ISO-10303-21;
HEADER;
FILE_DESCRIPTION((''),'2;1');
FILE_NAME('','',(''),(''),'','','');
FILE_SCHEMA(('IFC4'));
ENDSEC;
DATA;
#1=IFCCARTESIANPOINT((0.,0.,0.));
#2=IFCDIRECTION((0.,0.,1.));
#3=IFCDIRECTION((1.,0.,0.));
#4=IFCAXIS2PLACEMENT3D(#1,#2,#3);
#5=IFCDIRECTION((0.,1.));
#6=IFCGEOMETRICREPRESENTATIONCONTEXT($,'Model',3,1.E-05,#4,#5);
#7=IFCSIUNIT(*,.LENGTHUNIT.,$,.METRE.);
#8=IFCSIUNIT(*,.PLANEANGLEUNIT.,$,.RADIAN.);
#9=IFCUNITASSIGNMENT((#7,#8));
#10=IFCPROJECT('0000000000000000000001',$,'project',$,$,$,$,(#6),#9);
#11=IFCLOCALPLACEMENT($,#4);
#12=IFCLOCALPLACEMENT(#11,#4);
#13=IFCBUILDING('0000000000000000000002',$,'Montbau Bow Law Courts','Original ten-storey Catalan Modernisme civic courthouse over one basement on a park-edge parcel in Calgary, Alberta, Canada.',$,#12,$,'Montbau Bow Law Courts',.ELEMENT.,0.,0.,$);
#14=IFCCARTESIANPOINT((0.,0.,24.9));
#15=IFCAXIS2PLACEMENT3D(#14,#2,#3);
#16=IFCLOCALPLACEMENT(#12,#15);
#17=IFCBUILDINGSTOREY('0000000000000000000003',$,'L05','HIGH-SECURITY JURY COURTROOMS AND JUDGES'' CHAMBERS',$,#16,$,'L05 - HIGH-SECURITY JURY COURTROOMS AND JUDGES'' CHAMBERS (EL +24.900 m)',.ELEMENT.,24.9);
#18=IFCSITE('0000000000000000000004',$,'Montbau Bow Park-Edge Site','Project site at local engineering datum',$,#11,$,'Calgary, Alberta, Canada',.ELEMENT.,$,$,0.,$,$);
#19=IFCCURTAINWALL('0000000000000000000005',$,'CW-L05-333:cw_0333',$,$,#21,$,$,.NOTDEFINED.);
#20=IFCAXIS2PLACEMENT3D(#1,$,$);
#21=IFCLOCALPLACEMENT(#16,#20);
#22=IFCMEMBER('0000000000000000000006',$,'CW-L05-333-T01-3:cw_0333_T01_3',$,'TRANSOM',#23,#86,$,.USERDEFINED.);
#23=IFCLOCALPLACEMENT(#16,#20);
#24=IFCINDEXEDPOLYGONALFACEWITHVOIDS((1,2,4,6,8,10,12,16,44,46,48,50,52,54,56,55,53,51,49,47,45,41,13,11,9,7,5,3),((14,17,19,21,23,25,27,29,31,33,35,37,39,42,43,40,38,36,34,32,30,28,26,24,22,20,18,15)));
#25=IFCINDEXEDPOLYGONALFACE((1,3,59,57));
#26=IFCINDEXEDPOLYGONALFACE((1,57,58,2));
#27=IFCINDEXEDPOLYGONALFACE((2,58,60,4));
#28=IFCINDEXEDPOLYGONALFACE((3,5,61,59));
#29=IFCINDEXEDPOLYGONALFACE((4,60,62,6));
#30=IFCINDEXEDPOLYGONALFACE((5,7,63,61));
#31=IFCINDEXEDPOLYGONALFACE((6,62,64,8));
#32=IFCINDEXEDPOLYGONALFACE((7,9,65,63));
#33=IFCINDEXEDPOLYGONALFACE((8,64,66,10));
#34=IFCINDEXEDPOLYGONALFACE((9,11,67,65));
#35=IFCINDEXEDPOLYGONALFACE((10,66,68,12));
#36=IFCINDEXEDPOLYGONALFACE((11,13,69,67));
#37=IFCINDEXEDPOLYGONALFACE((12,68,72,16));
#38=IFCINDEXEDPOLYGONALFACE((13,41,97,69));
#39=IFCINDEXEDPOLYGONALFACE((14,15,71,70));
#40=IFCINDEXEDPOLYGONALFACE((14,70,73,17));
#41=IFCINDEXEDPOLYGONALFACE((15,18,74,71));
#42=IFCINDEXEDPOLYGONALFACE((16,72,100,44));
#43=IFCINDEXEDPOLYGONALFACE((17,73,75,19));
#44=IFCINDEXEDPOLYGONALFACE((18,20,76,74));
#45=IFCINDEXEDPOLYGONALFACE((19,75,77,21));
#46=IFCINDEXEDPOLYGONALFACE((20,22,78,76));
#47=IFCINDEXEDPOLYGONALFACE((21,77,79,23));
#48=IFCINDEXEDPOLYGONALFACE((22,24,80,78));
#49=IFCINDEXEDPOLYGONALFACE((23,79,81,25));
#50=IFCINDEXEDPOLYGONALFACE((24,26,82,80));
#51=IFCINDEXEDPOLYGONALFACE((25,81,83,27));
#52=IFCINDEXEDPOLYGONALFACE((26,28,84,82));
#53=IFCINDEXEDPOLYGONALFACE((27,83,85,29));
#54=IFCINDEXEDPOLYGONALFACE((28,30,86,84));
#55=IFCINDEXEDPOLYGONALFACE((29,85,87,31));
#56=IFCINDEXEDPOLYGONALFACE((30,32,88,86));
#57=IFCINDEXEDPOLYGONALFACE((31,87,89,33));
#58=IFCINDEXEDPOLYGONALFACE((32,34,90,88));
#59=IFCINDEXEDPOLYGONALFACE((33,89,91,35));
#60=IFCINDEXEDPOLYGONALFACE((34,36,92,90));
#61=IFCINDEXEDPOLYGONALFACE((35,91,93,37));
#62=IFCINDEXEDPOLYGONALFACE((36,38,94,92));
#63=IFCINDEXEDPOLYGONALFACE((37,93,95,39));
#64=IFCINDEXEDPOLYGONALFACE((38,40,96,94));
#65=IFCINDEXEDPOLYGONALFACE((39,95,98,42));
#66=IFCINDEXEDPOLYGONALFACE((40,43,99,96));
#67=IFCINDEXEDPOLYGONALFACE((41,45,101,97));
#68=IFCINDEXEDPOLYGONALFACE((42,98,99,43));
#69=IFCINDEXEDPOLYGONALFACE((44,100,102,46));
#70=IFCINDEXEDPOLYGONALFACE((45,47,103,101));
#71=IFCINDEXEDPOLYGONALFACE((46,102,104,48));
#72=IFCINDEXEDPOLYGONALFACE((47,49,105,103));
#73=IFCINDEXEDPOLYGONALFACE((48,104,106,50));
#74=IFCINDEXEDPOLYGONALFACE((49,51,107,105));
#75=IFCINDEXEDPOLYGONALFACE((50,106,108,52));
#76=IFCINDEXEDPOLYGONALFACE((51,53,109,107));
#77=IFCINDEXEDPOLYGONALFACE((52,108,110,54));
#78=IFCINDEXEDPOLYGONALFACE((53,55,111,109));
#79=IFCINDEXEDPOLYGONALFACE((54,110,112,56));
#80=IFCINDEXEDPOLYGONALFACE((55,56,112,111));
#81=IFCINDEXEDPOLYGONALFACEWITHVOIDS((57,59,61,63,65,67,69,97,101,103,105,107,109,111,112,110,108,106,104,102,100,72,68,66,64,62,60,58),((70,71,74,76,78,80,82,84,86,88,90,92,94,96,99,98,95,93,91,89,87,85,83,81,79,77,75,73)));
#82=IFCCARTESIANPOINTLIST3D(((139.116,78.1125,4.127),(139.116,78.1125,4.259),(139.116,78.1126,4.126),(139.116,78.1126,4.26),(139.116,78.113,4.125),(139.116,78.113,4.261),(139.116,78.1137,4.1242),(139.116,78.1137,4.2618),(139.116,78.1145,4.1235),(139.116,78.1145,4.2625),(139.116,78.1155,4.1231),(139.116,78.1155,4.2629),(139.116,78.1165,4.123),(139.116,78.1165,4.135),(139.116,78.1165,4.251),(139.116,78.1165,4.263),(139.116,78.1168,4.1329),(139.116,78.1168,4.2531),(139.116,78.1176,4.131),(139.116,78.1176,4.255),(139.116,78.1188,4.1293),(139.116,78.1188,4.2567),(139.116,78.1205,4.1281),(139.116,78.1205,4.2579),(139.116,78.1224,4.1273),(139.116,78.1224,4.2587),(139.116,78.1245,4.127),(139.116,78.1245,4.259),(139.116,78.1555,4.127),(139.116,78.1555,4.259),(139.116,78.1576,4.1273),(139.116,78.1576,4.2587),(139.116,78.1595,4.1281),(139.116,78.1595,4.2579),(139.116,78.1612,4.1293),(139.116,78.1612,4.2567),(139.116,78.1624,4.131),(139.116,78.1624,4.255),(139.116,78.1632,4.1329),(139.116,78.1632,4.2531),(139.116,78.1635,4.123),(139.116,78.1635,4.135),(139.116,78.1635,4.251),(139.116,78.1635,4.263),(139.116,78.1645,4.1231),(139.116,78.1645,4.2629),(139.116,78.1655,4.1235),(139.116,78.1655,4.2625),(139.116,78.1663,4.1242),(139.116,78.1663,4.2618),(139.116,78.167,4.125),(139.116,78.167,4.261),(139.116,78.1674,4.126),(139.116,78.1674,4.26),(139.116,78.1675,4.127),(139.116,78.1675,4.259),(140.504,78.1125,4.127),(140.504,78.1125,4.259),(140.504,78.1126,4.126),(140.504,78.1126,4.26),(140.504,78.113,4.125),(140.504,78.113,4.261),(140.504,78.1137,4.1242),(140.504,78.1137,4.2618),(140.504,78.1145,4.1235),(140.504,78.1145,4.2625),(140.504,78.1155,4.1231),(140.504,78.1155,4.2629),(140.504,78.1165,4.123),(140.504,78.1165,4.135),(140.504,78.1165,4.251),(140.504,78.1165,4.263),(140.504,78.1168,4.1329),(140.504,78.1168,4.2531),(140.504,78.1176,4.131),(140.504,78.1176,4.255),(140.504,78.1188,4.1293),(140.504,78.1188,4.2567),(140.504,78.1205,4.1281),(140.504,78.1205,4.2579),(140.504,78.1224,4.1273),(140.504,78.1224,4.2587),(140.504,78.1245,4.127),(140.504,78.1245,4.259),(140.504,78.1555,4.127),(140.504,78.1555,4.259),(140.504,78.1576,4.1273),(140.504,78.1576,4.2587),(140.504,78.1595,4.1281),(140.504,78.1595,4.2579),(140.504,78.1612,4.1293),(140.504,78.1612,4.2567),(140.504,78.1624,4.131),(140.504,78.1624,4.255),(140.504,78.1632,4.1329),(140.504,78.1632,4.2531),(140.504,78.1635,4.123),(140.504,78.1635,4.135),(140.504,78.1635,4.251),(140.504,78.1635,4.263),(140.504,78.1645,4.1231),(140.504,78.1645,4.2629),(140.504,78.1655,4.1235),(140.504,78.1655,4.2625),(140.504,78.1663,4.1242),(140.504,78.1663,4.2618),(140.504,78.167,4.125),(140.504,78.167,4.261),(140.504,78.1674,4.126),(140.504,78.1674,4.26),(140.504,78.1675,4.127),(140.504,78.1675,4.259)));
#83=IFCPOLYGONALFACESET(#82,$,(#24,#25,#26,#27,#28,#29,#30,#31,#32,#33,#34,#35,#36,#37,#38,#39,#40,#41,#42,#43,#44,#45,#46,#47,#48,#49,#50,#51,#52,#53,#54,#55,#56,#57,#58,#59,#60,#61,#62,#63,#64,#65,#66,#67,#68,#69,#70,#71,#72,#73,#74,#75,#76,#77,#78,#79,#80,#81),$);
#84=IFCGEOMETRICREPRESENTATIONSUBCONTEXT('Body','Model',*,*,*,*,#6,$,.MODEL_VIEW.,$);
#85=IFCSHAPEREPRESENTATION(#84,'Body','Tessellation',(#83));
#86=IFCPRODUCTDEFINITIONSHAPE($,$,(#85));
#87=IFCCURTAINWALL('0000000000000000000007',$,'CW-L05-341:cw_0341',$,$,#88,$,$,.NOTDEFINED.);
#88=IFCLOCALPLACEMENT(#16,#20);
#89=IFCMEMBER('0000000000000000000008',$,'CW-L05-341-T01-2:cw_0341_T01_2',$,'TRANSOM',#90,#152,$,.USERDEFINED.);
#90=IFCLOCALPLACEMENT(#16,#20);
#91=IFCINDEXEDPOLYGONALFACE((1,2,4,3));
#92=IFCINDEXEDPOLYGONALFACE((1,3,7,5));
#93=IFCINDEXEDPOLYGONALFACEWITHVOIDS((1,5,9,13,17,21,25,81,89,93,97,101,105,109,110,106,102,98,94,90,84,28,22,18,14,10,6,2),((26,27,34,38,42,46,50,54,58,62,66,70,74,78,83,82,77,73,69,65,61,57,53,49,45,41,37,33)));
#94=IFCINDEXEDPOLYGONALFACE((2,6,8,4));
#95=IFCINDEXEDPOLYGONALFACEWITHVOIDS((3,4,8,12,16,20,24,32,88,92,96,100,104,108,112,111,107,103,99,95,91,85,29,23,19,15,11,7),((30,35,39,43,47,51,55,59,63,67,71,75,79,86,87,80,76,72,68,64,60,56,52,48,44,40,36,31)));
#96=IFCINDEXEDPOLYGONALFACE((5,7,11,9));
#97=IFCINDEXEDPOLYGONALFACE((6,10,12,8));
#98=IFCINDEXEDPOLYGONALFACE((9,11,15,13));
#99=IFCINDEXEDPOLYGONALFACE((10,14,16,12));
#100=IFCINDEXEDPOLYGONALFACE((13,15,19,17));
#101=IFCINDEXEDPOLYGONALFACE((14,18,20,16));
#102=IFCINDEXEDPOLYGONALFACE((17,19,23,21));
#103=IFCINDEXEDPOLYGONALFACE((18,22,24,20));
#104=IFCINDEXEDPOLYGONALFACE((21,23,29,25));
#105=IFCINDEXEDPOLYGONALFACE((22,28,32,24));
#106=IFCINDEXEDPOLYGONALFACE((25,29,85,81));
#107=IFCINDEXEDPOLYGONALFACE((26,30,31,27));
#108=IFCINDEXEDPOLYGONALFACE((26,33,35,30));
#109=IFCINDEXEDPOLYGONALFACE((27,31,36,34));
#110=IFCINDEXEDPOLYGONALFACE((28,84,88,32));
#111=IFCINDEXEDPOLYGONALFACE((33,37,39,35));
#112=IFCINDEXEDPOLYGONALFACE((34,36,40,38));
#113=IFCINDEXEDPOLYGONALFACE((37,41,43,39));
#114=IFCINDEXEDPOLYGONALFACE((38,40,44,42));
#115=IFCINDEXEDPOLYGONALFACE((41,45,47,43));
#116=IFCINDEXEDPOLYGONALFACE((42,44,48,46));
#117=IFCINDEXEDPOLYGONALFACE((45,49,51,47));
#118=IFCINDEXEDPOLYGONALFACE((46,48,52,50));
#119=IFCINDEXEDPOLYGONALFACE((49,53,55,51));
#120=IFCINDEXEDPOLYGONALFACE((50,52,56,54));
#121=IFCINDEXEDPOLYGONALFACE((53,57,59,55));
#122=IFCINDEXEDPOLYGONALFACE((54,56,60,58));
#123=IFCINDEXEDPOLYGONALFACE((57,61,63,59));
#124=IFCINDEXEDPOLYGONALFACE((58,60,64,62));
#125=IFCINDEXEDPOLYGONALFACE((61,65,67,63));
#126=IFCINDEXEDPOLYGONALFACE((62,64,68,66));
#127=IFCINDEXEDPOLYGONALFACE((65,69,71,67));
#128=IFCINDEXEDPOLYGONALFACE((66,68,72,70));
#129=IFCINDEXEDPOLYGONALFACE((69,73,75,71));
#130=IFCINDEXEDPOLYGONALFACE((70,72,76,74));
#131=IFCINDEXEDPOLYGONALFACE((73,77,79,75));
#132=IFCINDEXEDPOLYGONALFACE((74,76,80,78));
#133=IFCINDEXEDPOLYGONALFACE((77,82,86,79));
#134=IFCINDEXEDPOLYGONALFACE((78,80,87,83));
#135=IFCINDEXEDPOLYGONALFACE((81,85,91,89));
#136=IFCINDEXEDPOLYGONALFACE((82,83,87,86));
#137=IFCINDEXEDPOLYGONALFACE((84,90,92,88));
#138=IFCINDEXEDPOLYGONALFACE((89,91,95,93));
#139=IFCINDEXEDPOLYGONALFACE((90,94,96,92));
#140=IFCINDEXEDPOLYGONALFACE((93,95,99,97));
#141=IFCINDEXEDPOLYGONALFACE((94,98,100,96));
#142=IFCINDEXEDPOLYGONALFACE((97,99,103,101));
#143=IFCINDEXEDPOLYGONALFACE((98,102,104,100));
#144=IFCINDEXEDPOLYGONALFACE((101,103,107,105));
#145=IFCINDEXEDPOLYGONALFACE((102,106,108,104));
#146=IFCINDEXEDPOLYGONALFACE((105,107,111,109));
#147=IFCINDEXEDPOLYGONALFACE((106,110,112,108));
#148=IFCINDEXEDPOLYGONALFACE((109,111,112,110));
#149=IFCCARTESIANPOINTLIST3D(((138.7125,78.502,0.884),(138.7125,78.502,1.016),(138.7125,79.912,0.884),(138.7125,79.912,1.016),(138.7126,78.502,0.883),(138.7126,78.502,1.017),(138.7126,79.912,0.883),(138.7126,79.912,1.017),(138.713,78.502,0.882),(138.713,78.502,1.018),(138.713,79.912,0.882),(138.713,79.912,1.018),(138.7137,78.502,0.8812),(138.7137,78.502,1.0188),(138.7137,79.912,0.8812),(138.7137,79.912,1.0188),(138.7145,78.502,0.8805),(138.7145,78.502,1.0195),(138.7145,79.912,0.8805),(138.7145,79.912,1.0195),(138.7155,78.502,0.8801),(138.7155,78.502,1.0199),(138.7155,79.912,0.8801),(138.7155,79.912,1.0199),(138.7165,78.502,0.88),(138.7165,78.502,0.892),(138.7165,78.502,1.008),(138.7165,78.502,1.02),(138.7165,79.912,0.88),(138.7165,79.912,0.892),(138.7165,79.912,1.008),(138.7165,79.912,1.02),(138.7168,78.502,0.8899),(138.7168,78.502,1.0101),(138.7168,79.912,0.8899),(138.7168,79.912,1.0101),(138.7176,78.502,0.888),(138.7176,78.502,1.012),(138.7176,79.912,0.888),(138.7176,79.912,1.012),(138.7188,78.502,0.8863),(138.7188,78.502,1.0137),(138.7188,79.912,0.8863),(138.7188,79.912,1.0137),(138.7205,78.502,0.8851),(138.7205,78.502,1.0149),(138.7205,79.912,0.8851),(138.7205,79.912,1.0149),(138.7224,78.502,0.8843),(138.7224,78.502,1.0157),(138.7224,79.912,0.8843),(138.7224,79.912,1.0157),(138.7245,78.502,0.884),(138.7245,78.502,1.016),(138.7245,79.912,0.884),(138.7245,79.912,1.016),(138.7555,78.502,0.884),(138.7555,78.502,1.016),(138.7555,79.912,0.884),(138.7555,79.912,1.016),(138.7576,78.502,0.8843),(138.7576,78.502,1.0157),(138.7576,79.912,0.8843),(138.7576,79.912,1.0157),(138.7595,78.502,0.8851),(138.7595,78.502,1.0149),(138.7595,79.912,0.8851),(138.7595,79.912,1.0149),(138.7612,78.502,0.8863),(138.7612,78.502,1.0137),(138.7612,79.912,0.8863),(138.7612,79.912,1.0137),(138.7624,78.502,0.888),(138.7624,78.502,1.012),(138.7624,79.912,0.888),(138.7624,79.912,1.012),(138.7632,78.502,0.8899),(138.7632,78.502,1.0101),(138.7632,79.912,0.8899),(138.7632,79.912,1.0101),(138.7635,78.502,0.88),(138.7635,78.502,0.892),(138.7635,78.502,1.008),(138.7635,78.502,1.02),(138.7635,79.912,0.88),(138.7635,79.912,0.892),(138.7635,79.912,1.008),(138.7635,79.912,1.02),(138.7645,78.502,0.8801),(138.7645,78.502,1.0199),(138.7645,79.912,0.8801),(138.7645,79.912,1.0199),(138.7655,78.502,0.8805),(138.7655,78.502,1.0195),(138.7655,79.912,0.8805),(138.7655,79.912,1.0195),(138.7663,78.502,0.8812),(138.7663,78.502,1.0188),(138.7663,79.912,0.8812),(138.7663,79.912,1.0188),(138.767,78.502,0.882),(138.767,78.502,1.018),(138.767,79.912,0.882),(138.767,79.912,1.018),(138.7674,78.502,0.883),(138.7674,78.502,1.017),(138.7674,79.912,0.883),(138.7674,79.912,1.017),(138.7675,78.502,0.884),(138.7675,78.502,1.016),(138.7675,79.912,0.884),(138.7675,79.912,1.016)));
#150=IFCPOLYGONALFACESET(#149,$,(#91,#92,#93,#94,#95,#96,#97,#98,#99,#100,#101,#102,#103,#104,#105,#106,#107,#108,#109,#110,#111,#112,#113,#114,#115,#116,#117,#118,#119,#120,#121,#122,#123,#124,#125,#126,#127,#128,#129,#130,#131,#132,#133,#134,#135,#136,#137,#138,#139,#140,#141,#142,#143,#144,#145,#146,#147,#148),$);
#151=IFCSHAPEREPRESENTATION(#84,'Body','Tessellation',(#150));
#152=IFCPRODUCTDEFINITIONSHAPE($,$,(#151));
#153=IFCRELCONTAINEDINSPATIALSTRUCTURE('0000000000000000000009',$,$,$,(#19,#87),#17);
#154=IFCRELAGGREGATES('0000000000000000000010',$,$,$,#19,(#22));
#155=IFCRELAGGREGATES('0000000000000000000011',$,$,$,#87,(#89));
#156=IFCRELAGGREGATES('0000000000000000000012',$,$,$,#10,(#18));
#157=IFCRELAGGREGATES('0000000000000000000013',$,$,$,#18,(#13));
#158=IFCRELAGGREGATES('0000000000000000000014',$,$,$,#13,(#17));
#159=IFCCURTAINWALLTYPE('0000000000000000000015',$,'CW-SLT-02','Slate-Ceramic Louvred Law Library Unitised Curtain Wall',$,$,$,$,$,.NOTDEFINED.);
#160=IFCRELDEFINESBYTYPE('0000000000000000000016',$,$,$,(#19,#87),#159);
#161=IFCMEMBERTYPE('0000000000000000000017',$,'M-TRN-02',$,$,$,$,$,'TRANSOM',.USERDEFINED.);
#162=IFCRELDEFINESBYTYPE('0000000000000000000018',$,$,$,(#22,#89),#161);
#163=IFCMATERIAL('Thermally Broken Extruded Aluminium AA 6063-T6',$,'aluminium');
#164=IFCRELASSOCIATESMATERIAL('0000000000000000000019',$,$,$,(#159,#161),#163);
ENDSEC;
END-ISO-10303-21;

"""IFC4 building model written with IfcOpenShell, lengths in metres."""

from ifc_helpers import new_model, si_unit, direction, frame, origin_with_axes, origin_2d_with_axis, place, context, subcontext, project, spatial, hollow_rectangle, extrude, material, material_profile, profile_set, type_object, element, aggregate, save


model = new_model("IFC4")

# Units and contexts
model_context = context("Model", 3, precision=1e-05, world=origin_with_axes(), true_north=direction((0.0, 1.0)))
body_context = subcontext(model_context, "Body", "Model", "MODEL_VIEW")
ifc_project = project(units=[si_unit("LENGTHUNIT", "METRE"), si_unit("PLANEANGLEUNIT", "RADIAN")], contexts=[model_context])

# Site, building, storey
site_placement = place(None, origin_with_axes())
site = spatial("IfcSite", under=ifc_project, at=site_placement, Name="Montbau Bow Park-Edge Site", Description="Project site at local engineering datum", LongName="Calgary, Alberta, Canada", CompositionType="ELEMENT", RefElevation=0.0)
building_placement = place(site_placement, origin_with_axes())
building = spatial("IfcBuilding", under=site, at=building_placement, Name="Montbau Bow Law Courts", Description="Original ten-storey Catalan Modernisme civic courthouse over one basement on a park-edge parcel in Calgary, Alberta, Canada.", LongName="Montbau Bow Law Courts", CompositionType="ELEMENT", ElevationOfRefHeight=0.0, ElevationOfTerrain=0.0)
storey_placement = place(building_placement, frame((0.0, 0.0, 24.9), z_axis=(0.0, 0.0, 1.0), x_axis=(1.0, 0.0, 0.0)))
storey = spatial("IfcBuildingStorey", under=building, at=storey_placement, Name="L05", Description="HIGH-SECURITY JURY COURTROOMS AND JUDGES' CHAMBERS", LongName="L05 - HIGH-SECURITY JURY COURTROOMS AND JUDGES' CHAMBERS (EL +24.900 m)", CompositionType="ELEMENT", Elevation=24.9)

# Curtain walls, members
ifc_material_1 = material(Name="Thermally Broken Extruded Aluminium AA 6063-T6", Category="aluminium")
curtain_wall_type = type_object("IfcCurtainWallType", Name="CW-SLT-02", Description="Slate-Ceramic Louvred Law Library Unitised Curtain Wall", PredefinedType="NOTDEFINED", material=ifc_material_1)
curtain_wall_1_placement = place(None, frame((139.04, 78.14, 24.9), z_axis=(0.0, 0.0, 1.0), x_axis=(1.0, 0.0, 0.0)))
curtain_wall_1 = element("IfcCurtainWall", 1, at=curtain_wall_1_placement, inside=storey, type_object=curtain_wall_type, Name="CW-L05-333:cw_0333", PredefinedType="NOTDEFINED")
ifc_material_profile = material_profile(ifc_material_1, hollow_rectangle(XDim=0.055, YDim=0.14, WallThickness=0.004, InnerFilletRadius=0.008, OuterFilletRadius=0.004, at=origin_2d_with_axis()), Name="CWT-140X55", Category="Main", Priority=0)
ifc_profile_set = profile_set([ifc_material_profile], Name="Thermally Broken Extruded Aluminium AA 6063-T6")
member_type = type_object("IfcMemberType", Name="M-TRN-02", ElementType="TRANSOM", PredefinedType="USERDEFINED", material=ifc_profile_set)
member_1_placement = place(None, frame((139.116, 78.14, 29.093), z_axis=(1.0, 0.0, 0.0), x_axis=(0.0, 1.0, 0.0)))
member_1 = element("IfcMember", 2, at=member_1_placement, type_object=member_type, Name="CW-L05-333-T01-3:cw_0333_T01_3", ObjectType="TRANSOM", PredefinedType="USERDEFINED", context=body_context, shape_type="SweptSolid", body=[
    extrude(hollow_rectangle(XDim=0.055, YDim=0.14, WallThickness=0.004, InnerFilletRadius=0.008, OuterFilletRadius=0.004, at=origin_2d_with_axis()), origin_with_axes(), (0.0, 0.0, 1.0), 1.388),
])
curtain_wall_2_placement = place(None, frame((138.74, 78.44, 24.9), z_axis=(0.0, 0.0, 1.0), x_axis=(1.0, 0.0, 0.0)))
curtain_wall_2 = element("IfcCurtainWall", 3, at=curtain_wall_2_placement, inside=storey, type_object=curtain_wall_type, Name="CW-L05-341:cw_0341", PredefinedType="NOTDEFINED")
member_2_placement = place(None, frame((138.74, 78.502, 25.85), z_axis=(0.0, 1.0, 0.0), x_axis=(-1.0, 0.0, 0.0)))
member_2 = element("IfcMember", 4, at=member_2_placement, type_object=member_type, Name="CW-L05-341-T01-2:cw_0341_T01_2", ObjectType="TRANSOM", PredefinedType="USERDEFINED", context=body_context, shape_type="SweptSolid", body=[
    extrude(hollow_rectangle(XDim=0.055, YDim=0.14, WallThickness=0.004, InnerFilletRadius=0.008, OuterFilletRadius=0.004, at=origin_2d_with_axis()), origin_with_axes(), (0.0, 0.0, 1.0), 1.41),
])

aggregate(curtain_wall_1, [member_1])
aggregate(curtain_wall_2, [member_2])

save(model, "model.ifc")
